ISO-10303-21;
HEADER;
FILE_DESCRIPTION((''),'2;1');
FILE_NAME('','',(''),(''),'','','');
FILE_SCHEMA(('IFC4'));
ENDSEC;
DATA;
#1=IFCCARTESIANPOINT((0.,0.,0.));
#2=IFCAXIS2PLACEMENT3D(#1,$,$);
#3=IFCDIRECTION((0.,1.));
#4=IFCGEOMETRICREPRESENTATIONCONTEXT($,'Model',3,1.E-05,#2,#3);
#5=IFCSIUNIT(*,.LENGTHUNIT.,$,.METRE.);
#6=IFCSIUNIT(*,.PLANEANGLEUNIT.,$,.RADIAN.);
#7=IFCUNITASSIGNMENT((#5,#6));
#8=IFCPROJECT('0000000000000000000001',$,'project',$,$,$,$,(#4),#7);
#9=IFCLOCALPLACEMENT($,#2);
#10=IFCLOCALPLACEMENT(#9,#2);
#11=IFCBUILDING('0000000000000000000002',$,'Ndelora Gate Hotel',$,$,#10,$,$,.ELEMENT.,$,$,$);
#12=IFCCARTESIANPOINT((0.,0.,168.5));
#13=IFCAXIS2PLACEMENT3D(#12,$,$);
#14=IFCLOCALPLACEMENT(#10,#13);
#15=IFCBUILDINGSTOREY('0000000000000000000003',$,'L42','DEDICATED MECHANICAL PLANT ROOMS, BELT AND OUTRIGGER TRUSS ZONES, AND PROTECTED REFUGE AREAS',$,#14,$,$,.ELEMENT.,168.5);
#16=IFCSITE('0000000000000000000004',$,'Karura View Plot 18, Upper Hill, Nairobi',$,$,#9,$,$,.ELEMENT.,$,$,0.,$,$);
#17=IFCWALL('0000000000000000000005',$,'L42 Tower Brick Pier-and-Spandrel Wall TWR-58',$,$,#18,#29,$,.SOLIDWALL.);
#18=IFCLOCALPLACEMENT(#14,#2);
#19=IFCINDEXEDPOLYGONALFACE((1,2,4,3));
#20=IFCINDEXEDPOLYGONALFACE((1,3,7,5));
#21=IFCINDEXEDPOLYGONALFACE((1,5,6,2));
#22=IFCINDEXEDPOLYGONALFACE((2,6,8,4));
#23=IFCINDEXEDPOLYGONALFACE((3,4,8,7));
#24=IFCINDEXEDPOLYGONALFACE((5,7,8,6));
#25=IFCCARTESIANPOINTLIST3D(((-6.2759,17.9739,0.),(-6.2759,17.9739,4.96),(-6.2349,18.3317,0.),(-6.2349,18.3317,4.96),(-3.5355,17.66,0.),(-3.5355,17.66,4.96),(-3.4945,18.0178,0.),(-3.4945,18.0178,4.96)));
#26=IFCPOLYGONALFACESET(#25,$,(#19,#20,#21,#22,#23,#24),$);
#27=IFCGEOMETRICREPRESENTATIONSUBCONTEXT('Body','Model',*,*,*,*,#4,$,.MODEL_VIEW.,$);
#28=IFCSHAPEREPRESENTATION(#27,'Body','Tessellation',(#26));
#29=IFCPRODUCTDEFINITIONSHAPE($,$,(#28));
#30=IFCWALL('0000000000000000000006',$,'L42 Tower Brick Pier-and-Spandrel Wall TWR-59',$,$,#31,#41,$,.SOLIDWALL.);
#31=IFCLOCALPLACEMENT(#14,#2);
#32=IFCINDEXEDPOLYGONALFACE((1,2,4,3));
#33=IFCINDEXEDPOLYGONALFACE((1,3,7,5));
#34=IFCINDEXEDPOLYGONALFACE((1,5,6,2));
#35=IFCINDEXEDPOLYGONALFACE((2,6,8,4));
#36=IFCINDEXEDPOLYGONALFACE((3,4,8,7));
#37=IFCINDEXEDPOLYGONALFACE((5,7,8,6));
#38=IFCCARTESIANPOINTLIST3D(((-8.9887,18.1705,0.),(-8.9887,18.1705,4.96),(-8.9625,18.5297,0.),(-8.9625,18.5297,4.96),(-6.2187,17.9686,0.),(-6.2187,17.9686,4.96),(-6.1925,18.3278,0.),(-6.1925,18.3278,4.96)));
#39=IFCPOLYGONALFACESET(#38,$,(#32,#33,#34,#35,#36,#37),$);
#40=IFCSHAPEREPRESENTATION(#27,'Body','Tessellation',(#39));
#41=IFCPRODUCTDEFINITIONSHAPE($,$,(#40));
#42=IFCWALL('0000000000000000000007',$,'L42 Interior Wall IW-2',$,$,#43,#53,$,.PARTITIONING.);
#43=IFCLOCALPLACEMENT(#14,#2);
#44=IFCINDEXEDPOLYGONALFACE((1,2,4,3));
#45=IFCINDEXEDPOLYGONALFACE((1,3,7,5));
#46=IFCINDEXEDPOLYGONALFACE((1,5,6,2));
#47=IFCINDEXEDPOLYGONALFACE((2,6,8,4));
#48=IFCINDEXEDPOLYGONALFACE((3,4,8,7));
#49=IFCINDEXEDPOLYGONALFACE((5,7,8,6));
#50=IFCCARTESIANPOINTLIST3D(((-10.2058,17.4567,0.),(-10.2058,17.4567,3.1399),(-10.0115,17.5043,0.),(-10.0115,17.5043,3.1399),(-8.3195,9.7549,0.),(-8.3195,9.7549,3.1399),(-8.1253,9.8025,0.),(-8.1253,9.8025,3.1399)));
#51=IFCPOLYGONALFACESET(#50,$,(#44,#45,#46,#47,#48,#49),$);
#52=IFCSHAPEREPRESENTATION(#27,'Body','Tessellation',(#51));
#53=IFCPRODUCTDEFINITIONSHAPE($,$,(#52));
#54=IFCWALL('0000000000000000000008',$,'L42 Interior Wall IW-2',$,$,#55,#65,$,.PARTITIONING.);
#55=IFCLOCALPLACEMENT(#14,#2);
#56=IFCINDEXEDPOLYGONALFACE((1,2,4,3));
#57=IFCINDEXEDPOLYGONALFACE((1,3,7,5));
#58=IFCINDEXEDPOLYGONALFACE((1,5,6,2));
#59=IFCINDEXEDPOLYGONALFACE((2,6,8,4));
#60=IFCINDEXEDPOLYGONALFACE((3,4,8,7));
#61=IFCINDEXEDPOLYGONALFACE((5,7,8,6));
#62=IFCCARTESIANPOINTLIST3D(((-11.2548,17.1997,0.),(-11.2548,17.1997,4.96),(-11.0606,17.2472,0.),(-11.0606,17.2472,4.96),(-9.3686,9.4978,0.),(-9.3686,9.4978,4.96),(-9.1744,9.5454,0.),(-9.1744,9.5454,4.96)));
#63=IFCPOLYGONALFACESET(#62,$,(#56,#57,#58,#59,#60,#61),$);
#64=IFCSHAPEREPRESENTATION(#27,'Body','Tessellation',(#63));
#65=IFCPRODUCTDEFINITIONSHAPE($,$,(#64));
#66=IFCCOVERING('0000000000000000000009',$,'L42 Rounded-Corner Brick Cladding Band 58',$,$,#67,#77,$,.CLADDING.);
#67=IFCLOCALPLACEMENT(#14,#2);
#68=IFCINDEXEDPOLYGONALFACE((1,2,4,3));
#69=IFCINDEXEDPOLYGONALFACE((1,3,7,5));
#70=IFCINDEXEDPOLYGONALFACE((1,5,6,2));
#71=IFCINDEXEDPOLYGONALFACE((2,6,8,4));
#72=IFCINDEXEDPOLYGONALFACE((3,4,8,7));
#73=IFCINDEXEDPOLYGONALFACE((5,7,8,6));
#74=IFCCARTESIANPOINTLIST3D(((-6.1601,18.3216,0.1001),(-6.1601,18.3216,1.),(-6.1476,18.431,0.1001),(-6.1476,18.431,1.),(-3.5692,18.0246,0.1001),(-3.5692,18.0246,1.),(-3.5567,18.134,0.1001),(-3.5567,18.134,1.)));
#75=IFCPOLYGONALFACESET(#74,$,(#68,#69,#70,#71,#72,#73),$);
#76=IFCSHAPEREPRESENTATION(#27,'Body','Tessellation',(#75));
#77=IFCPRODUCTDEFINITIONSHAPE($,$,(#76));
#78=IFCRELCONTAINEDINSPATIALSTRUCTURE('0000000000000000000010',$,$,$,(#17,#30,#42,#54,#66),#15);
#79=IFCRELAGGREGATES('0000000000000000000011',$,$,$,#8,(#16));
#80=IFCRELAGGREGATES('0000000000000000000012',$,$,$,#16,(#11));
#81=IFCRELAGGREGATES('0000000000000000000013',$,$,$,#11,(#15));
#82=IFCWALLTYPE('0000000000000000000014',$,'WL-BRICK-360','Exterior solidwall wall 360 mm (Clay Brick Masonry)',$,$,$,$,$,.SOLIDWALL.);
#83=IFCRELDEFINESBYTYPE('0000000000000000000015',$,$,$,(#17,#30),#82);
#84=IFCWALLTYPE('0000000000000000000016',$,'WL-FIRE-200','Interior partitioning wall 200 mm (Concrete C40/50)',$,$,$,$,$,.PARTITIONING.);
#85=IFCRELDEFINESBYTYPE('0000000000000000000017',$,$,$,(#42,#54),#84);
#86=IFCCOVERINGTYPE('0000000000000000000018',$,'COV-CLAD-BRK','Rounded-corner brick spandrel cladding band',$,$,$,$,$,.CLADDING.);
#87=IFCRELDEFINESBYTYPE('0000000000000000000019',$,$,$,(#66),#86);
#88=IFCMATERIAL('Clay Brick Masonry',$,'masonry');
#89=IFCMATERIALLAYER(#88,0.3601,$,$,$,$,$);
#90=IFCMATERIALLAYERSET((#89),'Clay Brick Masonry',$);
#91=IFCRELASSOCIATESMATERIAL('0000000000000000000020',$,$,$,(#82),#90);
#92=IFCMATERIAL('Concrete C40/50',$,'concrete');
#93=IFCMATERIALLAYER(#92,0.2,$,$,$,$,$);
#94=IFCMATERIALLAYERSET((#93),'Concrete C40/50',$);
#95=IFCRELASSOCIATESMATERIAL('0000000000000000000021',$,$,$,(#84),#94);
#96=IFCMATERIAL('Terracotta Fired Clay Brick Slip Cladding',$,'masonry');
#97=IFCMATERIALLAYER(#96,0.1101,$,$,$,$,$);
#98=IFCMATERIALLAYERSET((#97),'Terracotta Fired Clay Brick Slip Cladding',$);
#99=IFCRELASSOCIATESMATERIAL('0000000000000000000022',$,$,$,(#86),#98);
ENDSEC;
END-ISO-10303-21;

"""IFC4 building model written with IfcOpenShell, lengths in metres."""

from ifc_helpers import new_model, si_unit, direction, frame, frame_2d, origin, origin_2d, place, context, subcontext, project, spatial, rectangle, extrude, material, layer, layer_set, type_object, element, save


model = new_model("IFC4")

# Units and contexts
model_context = context("Model", 3, precision=1e-05, world=origin(), true_north=direction((0.0, 1.0)))
body_context = subcontext(model_context, "Body", "Model", "MODEL_VIEW")
ifc_project = project(units=[si_unit("LENGTHUNIT", "METRE"), si_unit("PLANEANGLEUNIT", "RADIAN")], contexts=[model_context])

# Site, building, storey
site_placement = place(None, origin())
site = spatial("IfcSite", under=ifc_project, at=site_placement, Name="Karura View Plot 18, Upper Hill, Nairobi", CompositionType="ELEMENT", RefElevation=0.0)
building_placement = place(site_placement, origin())
building = spatial("IfcBuilding", under=site, at=building_placement, Name="Ndelora Gate Hotel", CompositionType="ELEMENT")
storey_placement = place(building_placement, frame((0.0, 0.0, 168.5)))
storey = spatial("IfcBuildingStorey", under=building, at=storey_placement, Name="L42", Description="DEDICATED MECHANICAL PLANT ROOMS, BELT AND OUTRIGGER TRUSS ZONES, AND PROTECTED REFUGE AREAS", CompositionType="ELEMENT", Elevation=168.5)

# Walls
ifc_material_1 = material(Name="Clay Brick Masonry", Category="masonry")
ifc_layer_1 = layer(ifc_material_1, 0.3601)
ifc_layer_set_1 = layer_set([ifc_layer_1], Name="Clay Brick Masonry")
wall_type_1 = type_object("IfcWallType", Name="WL-BRICK-360", Description="Exterior solidwall wall 360 mm (Clay Brick Masonry)", PredefinedType="SOLIDWALL", material=ifc_layer_set_1)
wall_1_placement = place(storey_placement, frame((-6.2554, 18.1528, 0.0), z_axis=(0.0, 0.0, 1.0), x_axis=(0.993501, -0.113821, 0.0)))
element("IfcWall", 1, at=wall_1_placement, inside=storey, type_object=wall_type_1, Name="L42 Tower Brick Pier-and-Spandrel Wall TWR-58", PredefinedType="SOLIDWALL", context=body_context, shape_type="SweptSolid", body=[
    extrude(rectangle(XDim=2.7583, YDim=0.3601, at=frame_2d((1.3792, 0.0))), origin(), (0.0, 0.0, 1.0), 4.96),
])
wall_2_placement = place(storey_placement, frame((-8.9756, 18.3501, 0.0), z_axis=(0.0, 0.0, 1.0), x_axis=(0.997354, -0.072696, 0.0)))
element("IfcWall", 2, at=wall_2_placement, inside=storey, type_object=wall_type_1, Name="L42 Tower Brick Pier-and-Spandrel Wall TWR-59", PredefinedType="SOLIDWALL", context=body_context, shape_type="SweptSolid", body=[
    extrude(rectangle(XDim=2.7773, YDim=0.3601, at=frame_2d((1.3887, 0.0))), origin(), (0.0, 0.0, 1.0), 4.96),
])
ifc_material_2 = material(Name="Concrete C40/50", Category="concrete")
ifc_layer_2 = layer(ifc_material_2, 0.2)
ifc_layer_set_2 = layer_set([ifc_layer_2], Name="Concrete C40/50")
wall_type_2 = type_object("IfcWallType", Name="WL-FIRE-200", Description="Interior partitioning wall 200 mm (Concrete C40/50)", PredefinedType="PARTITIONING", material=ifc_layer_set_2)
wall_3_placement = place(storey_placement, frame((-8.2224, 9.7786, 0.0), z_axis=(0.0, 0.0, 1.0), x_axis=(-0.237875, 0.971296, 0.0)))
element("IfcWall", 3, at=wall_3_placement, inside=storey, type_object=wall_type_2, Name="L42 Interior Wall IW-2", PredefinedType="PARTITIONING", context=body_context, shape_type="SweptSolid", body=[
    extrude(rectangle(XDim=7.9294, YDim=0.2, at=frame_2d((3.9648, 0.0))), origin(), (0.0, 0.0, 1.0), 3.1399),
])
wall_4_placement = place(storey_placement, frame((-9.2715, 9.5215, 0.0), z_axis=(0.0, 0.0, 1.0), x_axis=(-0.237875, 0.971296, 0.0)))
element("IfcWall", 4, at=wall_4_placement, inside=storey, type_object=wall_type_2, Name="L42 Interior Wall IW-2", PredefinedType="PARTITIONING", context=body_context, shape_type="SweptSolid", body=[
    extrude(rectangle(XDim=7.9294, YDim=0.2, at=frame_2d((3.9648, 0.0))), origin(), (0.0, 0.0, 1.0), 4.96),
])

# Covering
ifc_material_3 = material(Name="Terracotta Fired Clay Brick Slip Cladding", Category="masonry")
ifc_layer_3 = layer(ifc_material_3, 0.1101)
ifc_layer_set_3 = layer_set([ifc_layer_3], Name="Terracotta Fired Clay Brick Slip Cladding")
covering_type = type_object("IfcCoveringType", Name="COV-CLAD-BRK", Description="Rounded-corner brick spandrel cladding band", PredefinedType="CLADDING", material=ifc_layer_set_3)
covering_placement = place(storey_placement, frame((-4.8584, 18.2278, 0.1001), z_axis=(0.0, 0.0, 1.0), x_axis=(-0.993493, 0.113897, 0.0)))
element("IfcCovering", 5, at=covering_placement, inside=storey, type_object=covering_type, Name="L42 Rounded-Corner Brick Cladding Band 58", PredefinedType="CLADDING", context=body_context, shape_type="SweptSolid", body=[
    extrude(rectangle(XDim=2.6079, YDim=0.1101, at=origin_2d()), origin(), (0.0, 0.0, 1.0), 0.8999),
])

save(model, "model.ifc")
